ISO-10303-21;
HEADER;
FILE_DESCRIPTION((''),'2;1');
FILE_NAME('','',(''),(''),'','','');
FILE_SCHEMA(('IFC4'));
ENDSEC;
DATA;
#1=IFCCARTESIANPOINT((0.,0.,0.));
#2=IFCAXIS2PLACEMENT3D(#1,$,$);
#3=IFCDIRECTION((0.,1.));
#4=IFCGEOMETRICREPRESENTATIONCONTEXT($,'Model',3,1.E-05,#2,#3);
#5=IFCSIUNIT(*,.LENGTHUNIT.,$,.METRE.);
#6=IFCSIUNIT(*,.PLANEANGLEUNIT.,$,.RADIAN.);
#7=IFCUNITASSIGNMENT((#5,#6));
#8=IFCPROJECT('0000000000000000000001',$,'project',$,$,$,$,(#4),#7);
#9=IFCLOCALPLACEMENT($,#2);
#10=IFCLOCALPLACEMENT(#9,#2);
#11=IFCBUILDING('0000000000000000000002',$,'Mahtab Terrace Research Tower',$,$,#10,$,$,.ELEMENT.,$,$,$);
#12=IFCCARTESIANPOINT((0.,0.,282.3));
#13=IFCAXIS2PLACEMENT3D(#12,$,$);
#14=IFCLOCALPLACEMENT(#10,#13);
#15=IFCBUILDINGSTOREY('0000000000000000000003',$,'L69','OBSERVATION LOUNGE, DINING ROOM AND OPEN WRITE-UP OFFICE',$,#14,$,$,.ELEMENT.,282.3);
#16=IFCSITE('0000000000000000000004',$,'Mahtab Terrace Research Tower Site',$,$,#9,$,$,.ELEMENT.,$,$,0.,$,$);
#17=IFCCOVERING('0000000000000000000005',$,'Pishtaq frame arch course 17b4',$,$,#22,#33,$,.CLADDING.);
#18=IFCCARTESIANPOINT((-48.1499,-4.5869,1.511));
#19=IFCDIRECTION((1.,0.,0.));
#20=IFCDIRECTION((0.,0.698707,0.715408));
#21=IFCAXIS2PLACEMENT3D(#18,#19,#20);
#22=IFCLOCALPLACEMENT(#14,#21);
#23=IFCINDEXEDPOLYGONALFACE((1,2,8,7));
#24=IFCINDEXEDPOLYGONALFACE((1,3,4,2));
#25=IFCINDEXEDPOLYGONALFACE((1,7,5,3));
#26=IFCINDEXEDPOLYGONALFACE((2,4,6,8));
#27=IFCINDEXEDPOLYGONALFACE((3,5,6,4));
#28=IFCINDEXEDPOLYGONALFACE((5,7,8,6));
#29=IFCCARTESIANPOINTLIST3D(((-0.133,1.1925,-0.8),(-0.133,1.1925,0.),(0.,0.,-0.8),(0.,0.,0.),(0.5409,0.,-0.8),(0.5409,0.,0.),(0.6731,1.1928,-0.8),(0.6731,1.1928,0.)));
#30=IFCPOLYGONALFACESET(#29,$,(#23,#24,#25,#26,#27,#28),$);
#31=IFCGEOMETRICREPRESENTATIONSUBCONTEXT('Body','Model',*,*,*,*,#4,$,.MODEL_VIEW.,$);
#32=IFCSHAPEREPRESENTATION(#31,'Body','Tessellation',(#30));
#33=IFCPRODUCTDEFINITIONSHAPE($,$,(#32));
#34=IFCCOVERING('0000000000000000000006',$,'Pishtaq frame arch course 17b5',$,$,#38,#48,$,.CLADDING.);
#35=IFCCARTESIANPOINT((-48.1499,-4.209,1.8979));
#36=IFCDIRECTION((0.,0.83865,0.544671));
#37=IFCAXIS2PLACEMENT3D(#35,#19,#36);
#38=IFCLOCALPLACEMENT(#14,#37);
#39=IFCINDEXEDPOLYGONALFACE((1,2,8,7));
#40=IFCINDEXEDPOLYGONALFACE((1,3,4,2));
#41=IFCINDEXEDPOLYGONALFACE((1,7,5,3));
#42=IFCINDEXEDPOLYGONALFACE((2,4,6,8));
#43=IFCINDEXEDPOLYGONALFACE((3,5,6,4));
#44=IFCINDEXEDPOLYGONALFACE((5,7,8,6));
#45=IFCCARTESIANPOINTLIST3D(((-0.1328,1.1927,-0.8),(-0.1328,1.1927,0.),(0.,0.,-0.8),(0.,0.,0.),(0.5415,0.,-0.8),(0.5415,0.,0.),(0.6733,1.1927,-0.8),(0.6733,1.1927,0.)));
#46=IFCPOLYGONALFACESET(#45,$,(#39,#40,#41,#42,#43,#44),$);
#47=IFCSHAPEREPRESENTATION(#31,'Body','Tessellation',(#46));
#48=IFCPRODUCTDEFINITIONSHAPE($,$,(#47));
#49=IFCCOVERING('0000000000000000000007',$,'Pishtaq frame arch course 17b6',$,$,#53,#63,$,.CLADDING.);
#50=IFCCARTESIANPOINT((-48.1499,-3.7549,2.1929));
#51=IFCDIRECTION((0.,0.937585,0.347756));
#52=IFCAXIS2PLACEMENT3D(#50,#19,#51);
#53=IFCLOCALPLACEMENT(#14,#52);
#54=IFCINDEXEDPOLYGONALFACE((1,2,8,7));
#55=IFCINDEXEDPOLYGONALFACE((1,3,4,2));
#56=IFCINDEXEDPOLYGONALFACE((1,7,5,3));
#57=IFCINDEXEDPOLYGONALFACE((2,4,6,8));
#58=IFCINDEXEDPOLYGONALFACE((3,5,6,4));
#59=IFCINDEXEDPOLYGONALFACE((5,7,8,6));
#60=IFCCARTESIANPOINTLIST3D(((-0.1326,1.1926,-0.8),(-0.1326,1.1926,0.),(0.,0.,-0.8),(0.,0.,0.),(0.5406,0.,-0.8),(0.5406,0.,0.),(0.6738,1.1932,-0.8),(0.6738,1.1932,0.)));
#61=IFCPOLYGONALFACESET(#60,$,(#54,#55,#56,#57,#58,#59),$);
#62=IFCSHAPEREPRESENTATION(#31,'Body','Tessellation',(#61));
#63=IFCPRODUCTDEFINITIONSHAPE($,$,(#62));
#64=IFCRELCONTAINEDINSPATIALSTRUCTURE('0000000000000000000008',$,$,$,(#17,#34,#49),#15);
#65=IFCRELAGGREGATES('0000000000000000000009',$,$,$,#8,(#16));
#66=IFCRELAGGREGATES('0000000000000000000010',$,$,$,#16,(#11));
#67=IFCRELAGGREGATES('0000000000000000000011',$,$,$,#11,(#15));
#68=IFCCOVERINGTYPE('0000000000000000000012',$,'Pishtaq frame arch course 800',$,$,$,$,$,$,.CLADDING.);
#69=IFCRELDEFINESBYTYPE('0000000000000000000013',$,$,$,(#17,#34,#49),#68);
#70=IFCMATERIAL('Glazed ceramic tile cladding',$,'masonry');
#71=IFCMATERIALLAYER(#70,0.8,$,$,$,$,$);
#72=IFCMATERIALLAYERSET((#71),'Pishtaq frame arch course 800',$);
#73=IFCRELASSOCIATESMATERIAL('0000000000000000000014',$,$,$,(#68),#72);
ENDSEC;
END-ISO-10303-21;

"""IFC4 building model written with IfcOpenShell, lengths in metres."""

from ifc_helpers import new_model, si_unit, direction, frame, origin, place, context, subcontext, project, spatial, polyline, outline, extrude, material, layer, layer_set, type_object, element, save


model = new_model("IFC4")

# Units and contexts
model_context = context("Model", 3, precision=1e-05, world=origin(), true_north=direction((0.0, 1.0)))
body_context = subcontext(model_context, "Body", "Model", "MODEL_VIEW")
ifc_project = project(units=[si_unit("LENGTHUNIT", "METRE"), si_unit("PLANEANGLEUNIT", "RADIAN")], contexts=[model_context])

# Site, building, storey
site_placement = place(None, origin())
site = spatial("IfcSite", under=ifc_project, at=site_placement, Name="Mahtab Terrace Research Tower Site", CompositionType="ELEMENT", RefElevation=0.0)
building_placement = place(site_placement, origin())
building = spatial("IfcBuilding", under=site, at=building_placement, Name="Mahtab Terrace Research Tower", CompositionType="ELEMENT")
storey_placement = place(building_placement, frame((0.0, 0.0, 282.3)))
storey = spatial("IfcBuildingStorey", under=building, at=storey_placement, Name="L69", Description="OBSERVATION LOUNGE, DINING ROOM AND OPEN WRITE-UP OFFICE", CompositionType="ELEMENT", Elevation=282.3)

# Coverings
ifc_material_1 = material(Name="Glazed ceramic tile cladding", Category="masonry")
ifc_layer_1 = layer(ifc_material_1, 0.8)
ifc_layer_set_1 = layer_set([ifc_layer_1], Name="Pishtaq frame arch course 800")
covering_type_1 = type_object("IfcCoveringType", Name="Pishtaq frame arch course 800", PredefinedType="CLADDING", material=ifc_layer_set_1)
covering_1_placement = place(storey_placement, frame((-48.1499, -4.5869, 1.511), z_axis=(1.0, 0.0, 0.0), x_axis=(0.0, 0.698707, 0.715408)))
element("IfcCovering", 1, at=covering_1_placement, inside=storey, type_object=covering_type_1, Name="Pishtaq frame arch course 17b4", PredefinedType="CLADDING", context=body_context, shape_type="SweptSolid", body=[
    extrude(outline(polyline([(0.0, 0.0), (0.5409, 0.0), (0.6731, 1.1928), (-0.133, 1.1925), (0.0, 0.0)])), origin(), (0.0, 0.0, -1.0), 0.8),
])
covering_2_placement = place(storey_placement, frame((-48.1499, -4.209, 1.8979), z_axis=(1.0, 0.0, 0.0), x_axis=(0.0, 0.83865, 0.544671)))
element("IfcCovering", 2, at=covering_2_placement, inside=storey, type_object=covering_type_1, Name="Pishtaq frame arch course 17b5", PredefinedType="CLADDING", context=body_context, shape_type="SweptSolid", body=[
    extrude(outline(polyline([(0.0, 0.0), (0.5415, 0.0), (0.6733, 1.1927), (-0.1328, 1.1927), (0.0, 0.0)])), origin(), (0.0, 0.0, -1.0), 0.8),
])
covering_3_placement = place(storey_placement, frame((-48.1499, -3.7549, 2.1929), z_axis=(1.0, 0.0, 0.0), x_axis=(0.0, 0.937585, 0.347756)))
element("IfcCovering", 3, at=covering_3_placement, inside=storey, type_object=covering_type_1, Name="Pishtaq frame arch course 17b6", PredefinedType="CLADDING", context=body_context, shape_type="SweptSolid", body=[
    extrude(outline(polyline([(0.0, 0.0), (0.5406, 0.0), (0.6738, 1.1932), (-0.1326, 1.1926), (0.0, 0.0)])), origin(), (0.0, 0.0, -1.0), 0.8),
])

save(model, "model.ifc")
